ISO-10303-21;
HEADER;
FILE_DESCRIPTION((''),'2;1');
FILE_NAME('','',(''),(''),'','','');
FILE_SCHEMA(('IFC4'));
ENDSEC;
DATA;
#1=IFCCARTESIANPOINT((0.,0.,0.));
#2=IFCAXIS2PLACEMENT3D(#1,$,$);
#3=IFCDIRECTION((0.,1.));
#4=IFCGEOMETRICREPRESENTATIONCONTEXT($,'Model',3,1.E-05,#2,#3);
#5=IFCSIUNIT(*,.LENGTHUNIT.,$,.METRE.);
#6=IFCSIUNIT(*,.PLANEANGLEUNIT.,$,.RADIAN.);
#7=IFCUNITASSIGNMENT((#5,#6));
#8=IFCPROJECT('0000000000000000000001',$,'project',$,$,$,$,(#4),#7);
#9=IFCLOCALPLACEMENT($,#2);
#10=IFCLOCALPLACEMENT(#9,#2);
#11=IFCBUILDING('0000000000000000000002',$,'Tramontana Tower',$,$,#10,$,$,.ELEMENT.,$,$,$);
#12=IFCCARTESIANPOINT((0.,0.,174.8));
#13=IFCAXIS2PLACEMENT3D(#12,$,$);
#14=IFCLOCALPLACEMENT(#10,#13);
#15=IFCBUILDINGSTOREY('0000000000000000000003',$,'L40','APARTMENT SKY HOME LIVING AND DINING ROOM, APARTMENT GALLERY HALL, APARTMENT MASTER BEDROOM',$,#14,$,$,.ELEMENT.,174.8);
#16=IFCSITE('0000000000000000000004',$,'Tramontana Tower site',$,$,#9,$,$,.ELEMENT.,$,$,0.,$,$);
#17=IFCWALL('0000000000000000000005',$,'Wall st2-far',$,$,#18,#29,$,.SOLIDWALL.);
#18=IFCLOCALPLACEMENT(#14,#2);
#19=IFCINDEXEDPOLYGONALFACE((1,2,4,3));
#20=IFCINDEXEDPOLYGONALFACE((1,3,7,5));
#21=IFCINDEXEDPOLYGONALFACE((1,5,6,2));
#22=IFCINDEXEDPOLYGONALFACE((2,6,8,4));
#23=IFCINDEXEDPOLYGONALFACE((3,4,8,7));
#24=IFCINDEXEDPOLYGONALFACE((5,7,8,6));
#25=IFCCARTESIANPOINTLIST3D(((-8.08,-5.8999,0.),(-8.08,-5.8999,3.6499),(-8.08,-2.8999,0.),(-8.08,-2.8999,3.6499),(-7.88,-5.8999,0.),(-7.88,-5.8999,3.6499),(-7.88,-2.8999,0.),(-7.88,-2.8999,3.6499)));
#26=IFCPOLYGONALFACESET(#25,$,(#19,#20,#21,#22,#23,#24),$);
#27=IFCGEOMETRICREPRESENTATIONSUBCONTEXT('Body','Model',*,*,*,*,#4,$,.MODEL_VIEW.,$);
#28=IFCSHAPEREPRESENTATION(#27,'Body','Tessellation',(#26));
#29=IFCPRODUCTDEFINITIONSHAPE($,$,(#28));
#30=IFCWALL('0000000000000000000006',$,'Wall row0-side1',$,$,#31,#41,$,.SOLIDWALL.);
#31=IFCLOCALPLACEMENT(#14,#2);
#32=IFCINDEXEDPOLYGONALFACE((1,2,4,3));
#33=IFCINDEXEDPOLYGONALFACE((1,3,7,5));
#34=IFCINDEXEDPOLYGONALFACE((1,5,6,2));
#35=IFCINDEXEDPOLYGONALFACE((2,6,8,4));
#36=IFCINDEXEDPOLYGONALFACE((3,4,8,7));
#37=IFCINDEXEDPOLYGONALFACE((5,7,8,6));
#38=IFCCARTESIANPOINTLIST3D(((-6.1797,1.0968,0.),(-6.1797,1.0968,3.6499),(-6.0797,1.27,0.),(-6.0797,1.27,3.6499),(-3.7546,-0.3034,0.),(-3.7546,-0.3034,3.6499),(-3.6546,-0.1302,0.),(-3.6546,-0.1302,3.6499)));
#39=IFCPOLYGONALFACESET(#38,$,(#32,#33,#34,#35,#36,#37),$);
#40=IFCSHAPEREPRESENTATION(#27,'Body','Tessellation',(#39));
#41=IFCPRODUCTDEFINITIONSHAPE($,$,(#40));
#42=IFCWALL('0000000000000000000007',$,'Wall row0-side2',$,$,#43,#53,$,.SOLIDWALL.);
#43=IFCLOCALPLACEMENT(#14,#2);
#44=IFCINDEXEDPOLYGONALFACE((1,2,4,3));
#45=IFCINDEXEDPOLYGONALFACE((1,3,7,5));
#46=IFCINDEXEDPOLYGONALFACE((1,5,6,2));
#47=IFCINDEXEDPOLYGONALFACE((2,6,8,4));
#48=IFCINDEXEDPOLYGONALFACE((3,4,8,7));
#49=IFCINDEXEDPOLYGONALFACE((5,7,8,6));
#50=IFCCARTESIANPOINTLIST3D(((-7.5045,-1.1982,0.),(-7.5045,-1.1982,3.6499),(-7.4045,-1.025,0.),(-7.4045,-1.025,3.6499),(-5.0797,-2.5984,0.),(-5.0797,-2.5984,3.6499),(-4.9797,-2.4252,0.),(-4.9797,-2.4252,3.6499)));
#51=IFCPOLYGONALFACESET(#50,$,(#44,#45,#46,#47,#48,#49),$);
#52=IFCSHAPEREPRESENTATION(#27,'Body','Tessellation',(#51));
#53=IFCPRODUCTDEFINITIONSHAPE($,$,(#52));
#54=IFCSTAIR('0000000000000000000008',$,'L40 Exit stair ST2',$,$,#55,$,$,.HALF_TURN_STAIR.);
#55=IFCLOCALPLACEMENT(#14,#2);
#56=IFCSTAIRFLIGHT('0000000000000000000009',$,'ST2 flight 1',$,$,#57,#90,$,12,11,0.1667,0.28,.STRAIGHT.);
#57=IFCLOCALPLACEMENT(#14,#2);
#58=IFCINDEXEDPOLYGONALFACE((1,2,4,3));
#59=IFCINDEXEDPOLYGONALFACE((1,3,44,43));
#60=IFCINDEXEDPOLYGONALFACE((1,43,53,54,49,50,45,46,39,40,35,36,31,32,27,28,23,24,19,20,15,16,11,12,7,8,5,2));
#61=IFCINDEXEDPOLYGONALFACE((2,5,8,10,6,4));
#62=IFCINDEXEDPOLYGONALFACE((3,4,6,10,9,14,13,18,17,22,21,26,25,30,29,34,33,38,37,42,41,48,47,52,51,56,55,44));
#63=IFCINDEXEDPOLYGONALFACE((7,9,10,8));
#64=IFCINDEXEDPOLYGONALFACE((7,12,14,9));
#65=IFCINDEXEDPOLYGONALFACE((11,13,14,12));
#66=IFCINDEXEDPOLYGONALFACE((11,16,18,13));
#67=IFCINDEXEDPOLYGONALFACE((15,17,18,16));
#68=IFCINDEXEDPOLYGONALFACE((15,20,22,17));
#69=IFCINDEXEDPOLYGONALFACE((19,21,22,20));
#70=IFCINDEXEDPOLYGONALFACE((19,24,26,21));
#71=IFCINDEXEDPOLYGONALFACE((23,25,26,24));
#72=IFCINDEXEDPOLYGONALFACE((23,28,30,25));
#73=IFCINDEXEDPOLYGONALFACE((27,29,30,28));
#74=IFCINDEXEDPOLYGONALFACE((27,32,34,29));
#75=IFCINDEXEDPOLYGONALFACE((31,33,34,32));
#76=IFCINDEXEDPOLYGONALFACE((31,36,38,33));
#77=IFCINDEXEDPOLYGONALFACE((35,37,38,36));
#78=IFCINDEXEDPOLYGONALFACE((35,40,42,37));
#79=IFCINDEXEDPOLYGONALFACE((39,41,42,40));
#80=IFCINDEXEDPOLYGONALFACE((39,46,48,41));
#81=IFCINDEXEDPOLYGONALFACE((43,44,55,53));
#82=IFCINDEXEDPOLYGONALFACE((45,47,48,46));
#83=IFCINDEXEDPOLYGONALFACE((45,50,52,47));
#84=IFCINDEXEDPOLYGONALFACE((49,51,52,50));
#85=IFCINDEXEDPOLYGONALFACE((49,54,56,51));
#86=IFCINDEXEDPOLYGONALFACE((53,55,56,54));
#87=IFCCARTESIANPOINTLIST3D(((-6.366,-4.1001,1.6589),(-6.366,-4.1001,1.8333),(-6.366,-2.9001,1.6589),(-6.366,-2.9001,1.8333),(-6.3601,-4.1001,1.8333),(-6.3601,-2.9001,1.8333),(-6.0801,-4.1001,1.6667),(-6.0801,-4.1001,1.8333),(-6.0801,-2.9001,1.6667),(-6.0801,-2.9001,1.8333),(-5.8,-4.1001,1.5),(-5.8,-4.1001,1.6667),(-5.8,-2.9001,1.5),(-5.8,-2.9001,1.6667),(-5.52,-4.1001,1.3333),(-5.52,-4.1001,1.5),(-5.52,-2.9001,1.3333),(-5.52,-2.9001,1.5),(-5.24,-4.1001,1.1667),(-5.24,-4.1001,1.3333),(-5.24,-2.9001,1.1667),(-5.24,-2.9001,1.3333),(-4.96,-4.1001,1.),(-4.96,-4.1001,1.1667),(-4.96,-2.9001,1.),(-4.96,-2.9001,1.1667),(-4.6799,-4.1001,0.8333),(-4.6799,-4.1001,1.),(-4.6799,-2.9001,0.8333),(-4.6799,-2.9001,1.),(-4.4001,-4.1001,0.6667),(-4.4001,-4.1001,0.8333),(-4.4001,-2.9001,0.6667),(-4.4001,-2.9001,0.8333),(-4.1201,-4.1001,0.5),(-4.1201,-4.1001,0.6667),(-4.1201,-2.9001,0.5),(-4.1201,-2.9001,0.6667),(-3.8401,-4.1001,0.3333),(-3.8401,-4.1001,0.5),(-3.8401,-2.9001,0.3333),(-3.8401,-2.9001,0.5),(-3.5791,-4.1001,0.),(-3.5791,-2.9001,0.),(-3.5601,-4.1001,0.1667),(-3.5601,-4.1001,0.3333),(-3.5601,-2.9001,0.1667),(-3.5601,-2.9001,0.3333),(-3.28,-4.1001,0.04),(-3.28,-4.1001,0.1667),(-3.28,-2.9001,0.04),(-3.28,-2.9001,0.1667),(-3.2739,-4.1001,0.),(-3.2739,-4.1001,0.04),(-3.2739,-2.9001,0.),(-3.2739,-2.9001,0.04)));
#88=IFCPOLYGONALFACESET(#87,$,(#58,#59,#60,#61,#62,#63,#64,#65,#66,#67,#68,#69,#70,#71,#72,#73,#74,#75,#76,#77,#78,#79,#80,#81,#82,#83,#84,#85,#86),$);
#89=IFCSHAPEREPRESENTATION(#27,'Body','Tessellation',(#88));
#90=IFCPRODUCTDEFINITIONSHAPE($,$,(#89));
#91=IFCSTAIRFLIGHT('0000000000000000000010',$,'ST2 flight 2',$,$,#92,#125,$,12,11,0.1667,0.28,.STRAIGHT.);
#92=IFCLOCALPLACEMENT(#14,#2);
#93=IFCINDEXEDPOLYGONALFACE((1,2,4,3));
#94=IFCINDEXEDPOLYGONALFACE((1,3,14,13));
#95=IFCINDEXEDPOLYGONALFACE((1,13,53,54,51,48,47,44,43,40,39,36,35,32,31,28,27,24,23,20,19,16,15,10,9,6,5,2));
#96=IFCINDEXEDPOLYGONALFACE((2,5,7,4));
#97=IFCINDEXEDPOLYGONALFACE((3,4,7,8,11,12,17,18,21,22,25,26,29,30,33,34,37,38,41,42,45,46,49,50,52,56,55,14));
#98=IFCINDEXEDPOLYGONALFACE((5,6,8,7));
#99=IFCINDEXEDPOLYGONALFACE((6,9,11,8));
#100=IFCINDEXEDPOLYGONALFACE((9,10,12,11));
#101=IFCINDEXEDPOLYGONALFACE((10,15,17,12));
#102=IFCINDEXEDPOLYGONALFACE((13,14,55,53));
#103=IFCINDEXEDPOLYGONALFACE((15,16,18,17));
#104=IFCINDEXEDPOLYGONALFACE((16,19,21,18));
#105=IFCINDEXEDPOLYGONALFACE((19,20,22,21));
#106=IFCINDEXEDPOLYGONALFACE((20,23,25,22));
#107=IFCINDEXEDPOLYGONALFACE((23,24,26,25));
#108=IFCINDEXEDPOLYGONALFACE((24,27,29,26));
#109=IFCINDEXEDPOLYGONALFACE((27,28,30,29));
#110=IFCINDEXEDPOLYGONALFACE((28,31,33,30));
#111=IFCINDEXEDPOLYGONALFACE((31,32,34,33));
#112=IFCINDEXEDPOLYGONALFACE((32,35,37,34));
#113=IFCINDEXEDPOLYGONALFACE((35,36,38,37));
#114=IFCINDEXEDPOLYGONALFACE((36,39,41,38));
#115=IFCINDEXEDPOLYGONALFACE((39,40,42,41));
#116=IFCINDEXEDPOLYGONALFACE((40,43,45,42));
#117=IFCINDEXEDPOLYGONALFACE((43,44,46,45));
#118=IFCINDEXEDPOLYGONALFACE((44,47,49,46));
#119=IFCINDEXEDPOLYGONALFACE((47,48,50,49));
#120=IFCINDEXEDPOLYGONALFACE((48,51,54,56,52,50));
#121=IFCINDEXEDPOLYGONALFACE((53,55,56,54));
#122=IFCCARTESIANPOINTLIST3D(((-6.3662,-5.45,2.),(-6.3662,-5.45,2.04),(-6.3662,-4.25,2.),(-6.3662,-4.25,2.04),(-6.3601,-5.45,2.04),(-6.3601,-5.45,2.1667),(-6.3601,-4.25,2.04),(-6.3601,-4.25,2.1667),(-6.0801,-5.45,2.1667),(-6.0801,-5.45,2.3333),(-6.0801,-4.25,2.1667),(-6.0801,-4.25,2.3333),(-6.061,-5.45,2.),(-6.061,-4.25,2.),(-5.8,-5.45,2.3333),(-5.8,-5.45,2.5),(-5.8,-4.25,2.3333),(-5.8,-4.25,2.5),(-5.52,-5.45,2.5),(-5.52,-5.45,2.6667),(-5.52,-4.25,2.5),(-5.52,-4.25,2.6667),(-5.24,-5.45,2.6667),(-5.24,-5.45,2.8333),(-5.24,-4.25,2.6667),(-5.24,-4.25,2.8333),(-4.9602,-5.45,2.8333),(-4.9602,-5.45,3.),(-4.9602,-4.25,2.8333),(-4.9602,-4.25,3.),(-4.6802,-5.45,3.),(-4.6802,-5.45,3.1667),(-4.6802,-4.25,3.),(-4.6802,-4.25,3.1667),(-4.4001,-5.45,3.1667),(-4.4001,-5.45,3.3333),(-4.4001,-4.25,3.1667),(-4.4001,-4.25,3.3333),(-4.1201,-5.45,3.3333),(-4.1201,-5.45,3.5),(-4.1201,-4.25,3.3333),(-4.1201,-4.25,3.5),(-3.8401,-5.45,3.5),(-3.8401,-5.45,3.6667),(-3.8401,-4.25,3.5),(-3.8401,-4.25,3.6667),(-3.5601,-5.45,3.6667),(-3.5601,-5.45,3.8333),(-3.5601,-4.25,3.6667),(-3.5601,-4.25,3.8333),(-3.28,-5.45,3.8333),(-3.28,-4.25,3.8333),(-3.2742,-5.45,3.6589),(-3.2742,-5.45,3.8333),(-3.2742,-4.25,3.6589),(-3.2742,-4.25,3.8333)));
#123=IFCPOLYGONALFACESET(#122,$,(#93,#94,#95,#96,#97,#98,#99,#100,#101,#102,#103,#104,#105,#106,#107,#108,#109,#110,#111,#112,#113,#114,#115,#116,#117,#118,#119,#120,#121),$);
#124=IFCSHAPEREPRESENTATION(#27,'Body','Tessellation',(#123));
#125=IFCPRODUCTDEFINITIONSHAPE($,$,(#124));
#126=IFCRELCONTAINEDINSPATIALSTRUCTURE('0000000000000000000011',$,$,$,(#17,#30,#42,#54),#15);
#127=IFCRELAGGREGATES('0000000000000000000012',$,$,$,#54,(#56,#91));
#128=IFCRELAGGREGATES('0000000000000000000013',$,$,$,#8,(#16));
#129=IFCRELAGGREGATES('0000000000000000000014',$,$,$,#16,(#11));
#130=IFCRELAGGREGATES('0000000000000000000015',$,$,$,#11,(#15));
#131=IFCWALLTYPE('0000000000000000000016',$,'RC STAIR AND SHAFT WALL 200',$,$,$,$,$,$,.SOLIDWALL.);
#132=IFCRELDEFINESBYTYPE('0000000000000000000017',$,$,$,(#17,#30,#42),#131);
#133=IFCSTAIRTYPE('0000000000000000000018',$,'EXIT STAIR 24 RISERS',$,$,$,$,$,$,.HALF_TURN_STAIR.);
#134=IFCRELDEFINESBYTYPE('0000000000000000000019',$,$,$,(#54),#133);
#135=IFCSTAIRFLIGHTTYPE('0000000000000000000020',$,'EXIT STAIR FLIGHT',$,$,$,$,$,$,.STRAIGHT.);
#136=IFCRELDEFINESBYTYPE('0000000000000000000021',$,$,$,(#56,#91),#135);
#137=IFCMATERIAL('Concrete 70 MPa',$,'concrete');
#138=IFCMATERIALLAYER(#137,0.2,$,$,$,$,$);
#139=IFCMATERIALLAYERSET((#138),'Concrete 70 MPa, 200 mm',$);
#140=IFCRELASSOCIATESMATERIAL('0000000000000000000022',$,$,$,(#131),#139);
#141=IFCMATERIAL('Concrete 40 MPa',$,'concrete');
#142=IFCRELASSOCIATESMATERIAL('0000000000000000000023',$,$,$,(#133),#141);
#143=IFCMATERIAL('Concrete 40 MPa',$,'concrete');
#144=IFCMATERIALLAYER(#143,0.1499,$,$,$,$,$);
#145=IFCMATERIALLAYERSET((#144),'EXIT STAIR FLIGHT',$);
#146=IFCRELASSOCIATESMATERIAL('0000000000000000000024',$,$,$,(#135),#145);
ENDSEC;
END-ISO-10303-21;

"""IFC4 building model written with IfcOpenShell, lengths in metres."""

from ifc_helpers import new_model, si_unit, direction, frame, frame_2d, origin, place, context, subcontext, project, spatial, polyline, rectangle, outline, extrude, material, layer, layer_set, type_object, element, aggregate, save


model = new_model("IFC4")

# Units and contexts
model_context = context("Model", 3, precision=1e-05, world=origin(), true_north=direction((0.0, 1.0)))
body_context = subcontext(model_context, "Body", "Model", "MODEL_VIEW")
ifc_project = project(units=[si_unit("LENGTHUNIT", "METRE"), si_unit("PLANEANGLEUNIT", "RADIAN")], contexts=[model_context])

# Site, building, storey
site_placement = place(None, origin())
site = spatial("IfcSite", under=ifc_project, at=site_placement, Name="Tramontana Tower site", CompositionType="ELEMENT", RefElevation=0.0)
building_placement = place(site_placement, origin())
building = spatial("IfcBuilding", under=site, at=building_placement, Name="Tramontana Tower", CompositionType="ELEMENT")
storey_placement = place(building_placement, frame((0.0, 0.0, 174.8)))
storey = spatial("IfcBuildingStorey", under=building, at=storey_placement, Name="L40", Description="APARTMENT SKY HOME LIVING AND DINING ROOM, APARTMENT GALLERY HALL, APARTMENT MASTER BEDROOM", CompositionType="ELEMENT", Elevation=174.8)

# Walls
ifc_material_1 = material(Name="Concrete 70 MPa", Category="concrete")
ifc_layer_1 = layer(ifc_material_1, 0.2)
ifc_layer_set_1 = layer_set([ifc_layer_1], Name="Concrete 70 MPa, 200 mm")
wall_type_1 = type_object("IfcWallType", Name="RC STAIR AND SHAFT WALL 200", PredefinedType="SOLIDWALL", material=ifc_layer_set_1)
wall_1_placement = place(storey_placement, frame((-7.98, -2.8999, 0.0), z_axis=(0.0, 0.0, 1.0), x_axis=(0.0, -1.0, 0.0)))
element("IfcWall", 1, at=wall_1_placement, inside=storey, type_object=wall_type_1, Name="Wall st2-far", PredefinedType="SOLIDWALL", context=body_context, shape_type="SweptSolid", body=[
    extrude(rectangle(XDim=3.0, YDim=0.2, at=frame_2d((1.5, 0.0))), origin(), (0.0, 0.0, 1.0), 3.6499),
])
wall_2_placement = place(storey_placement, frame((-3.7046, -0.2168, 0.0), z_axis=(0.0, 0.0, 1.0), x_axis=(-0.866019, 0.500012, 0.0)))
element("IfcWall", 2, at=wall_2_placement, inside=storey, type_object=wall_type_1, Name="Wall row0-side1", PredefinedType="SOLIDWALL", context=body_context, shape_type="SweptSolid", body=[
    extrude(rectangle(XDim=2.8003, YDim=0.2, at=frame_2d((1.4001, 0.0))), origin(), (0.0, 0.0, 1.0), 3.6499),
])
wall_3_placement = place(storey_placement, frame((-5.0298, -2.5117, 0.0), z_axis=(0.0, 0.0, 1.0), x_axis=(-0.865997, 0.50005, 0.0)))
element("IfcWall", 3, at=wall_3_placement, inside=storey, type_object=wall_type_1, Name="Wall row0-side2", PredefinedType="SOLIDWALL", context=body_context, shape_type="SweptSolid", body=[
    extrude(rectangle(XDim=2.8, YDim=0.2, at=frame_2d((1.3999, 0.0))), origin(), (0.0, 0.0, 1.0), 3.6499),
])

# Stair, stair flights
ifc_material_2 = material(Name="Concrete 40 MPa", Category="concrete")
stair_type = type_object("IfcStairType", Name="EXIT STAIR 24 RISERS", PredefinedType="HALF_TURN_STAIR", material=ifc_material_2)
stair_placement = place(storey_placement, origin())
stair = element("IfcStair", 4, at=stair_placement, inside=storey, type_object=stair_type, Name="L40 Exit stair ST2", PredefinedType="HALF_TURN_STAIR")
ifc_material_3 = material(Name="Concrete 40 MPa", Category="concrete")
ifc_layer_2 = layer(ifc_material_3, 0.1499)
ifc_layer_set_2 = layer_set([ifc_layer_2], Name="EXIT STAIR FLIGHT")
stair_flight_type = type_object("IfcStairFlightType", Name="EXIT STAIR FLIGHT", PredefinedType="STRAIGHT", material=ifc_layer_set_2)
stair_flight_1_placement = place(storey_placement, frame((-3.28, -3.5, 0.0), z_axis=(0.0, 0.0, 1.0), x_axis=(-1.0, 0.0, 0.0)))
stair_flight_1 = element("IfcStairFlight", 5, at=stair_flight_1_placement, type_object=stair_flight_type, Name="ST2 flight 1", NumberOfRisers=12, NumberOfTreads=11, PredefinedType="STRAIGHT", RiserHeight=0.1667, TreadLength=0.28, context=body_context, shape_type="SweptSolid", body=[
    extrude(outline(polyline([(-0.0061, 0.0), (-0.0061, 0.04), (0.0, 0.04), (0.0, 0.1667), (0.28, 0.1667), (0.28, 0.3333), (0.5601, 0.3333), (0.5601, 0.5), (0.8401, 0.5), (0.8401, 0.6667), (1.1201, 0.6667), (1.1201, 0.8333), (1.3999, 0.8333), (1.3999, 1.0), (1.6799, 1.0), (1.6799, 1.1667), (1.96, 1.1667), (1.96, 1.3333), (2.24, 1.3333), (2.24, 1.5), (2.52, 1.5), (2.52, 1.6667), (2.8, 1.6667), (2.8, 1.8333), (3.0801, 1.8333), (3.0859, 1.8333), (3.0859, 1.6589), (0.2991, 0.0), (-0.0061, 0.0)])), frame((0.0, 0.6001, 0.0), z_axis=(0.0, -1.0, 0.0), x_axis=(1.0, 0.0, 0.0)), (0.0, 0.0, 1.0), 1.2),
])
stair_flight_2_placement = place(storey_placement, frame((-6.3601, -4.8501, 2.0), z_axis=(0.0, 0.0, 1.0), x_axis=(1.0, 0.0, 0.0)))
stair_flight_2 = element("IfcStairFlight", 6, at=stair_flight_2_placement, type_object=stair_flight_type, Name="ST2 flight 2", NumberOfRisers=12, NumberOfTreads=11, PredefinedType="STRAIGHT", RiserHeight=0.1667, TreadLength=0.28, context=body_context, shape_type="SweptSolid", body=[
    extrude(outline(polyline([(-0.0061, 0.0), (-0.0061, 0.04), (0.0, 0.04), (0.0, 0.1667), (0.28, 0.1667), (0.28, 0.3333), (0.5601, 0.3333), (0.5601, 0.5), (0.8401, 0.5), (0.8401, 0.6667), (1.1201, 0.6667), (1.1201, 0.8333), (1.3999, 0.8333), (1.3999, 1.0), (1.6799, 1.0), (1.6799, 1.1667), (1.96, 1.1667), (1.96, 1.3333), (2.24, 1.3333), (2.24, 1.5), (2.52, 1.5), (2.52, 1.6667), (2.8, 1.6667), (2.8, 1.8333), (3.0801, 1.8333), (3.0859, 1.8333), (3.0859, 1.6589), (0.2991, 0.0), (-0.0061, 0.0)])), frame((0.0, 0.6001, 0.0), z_axis=(0.0, -1.0, 0.0), x_axis=(1.0, 0.0, 0.0)), (0.0, 0.0, 1.0), 1.2),
])
aggregate(stair, [stair_flight_1, stair_flight_2])

save(model, "model.ifc")
